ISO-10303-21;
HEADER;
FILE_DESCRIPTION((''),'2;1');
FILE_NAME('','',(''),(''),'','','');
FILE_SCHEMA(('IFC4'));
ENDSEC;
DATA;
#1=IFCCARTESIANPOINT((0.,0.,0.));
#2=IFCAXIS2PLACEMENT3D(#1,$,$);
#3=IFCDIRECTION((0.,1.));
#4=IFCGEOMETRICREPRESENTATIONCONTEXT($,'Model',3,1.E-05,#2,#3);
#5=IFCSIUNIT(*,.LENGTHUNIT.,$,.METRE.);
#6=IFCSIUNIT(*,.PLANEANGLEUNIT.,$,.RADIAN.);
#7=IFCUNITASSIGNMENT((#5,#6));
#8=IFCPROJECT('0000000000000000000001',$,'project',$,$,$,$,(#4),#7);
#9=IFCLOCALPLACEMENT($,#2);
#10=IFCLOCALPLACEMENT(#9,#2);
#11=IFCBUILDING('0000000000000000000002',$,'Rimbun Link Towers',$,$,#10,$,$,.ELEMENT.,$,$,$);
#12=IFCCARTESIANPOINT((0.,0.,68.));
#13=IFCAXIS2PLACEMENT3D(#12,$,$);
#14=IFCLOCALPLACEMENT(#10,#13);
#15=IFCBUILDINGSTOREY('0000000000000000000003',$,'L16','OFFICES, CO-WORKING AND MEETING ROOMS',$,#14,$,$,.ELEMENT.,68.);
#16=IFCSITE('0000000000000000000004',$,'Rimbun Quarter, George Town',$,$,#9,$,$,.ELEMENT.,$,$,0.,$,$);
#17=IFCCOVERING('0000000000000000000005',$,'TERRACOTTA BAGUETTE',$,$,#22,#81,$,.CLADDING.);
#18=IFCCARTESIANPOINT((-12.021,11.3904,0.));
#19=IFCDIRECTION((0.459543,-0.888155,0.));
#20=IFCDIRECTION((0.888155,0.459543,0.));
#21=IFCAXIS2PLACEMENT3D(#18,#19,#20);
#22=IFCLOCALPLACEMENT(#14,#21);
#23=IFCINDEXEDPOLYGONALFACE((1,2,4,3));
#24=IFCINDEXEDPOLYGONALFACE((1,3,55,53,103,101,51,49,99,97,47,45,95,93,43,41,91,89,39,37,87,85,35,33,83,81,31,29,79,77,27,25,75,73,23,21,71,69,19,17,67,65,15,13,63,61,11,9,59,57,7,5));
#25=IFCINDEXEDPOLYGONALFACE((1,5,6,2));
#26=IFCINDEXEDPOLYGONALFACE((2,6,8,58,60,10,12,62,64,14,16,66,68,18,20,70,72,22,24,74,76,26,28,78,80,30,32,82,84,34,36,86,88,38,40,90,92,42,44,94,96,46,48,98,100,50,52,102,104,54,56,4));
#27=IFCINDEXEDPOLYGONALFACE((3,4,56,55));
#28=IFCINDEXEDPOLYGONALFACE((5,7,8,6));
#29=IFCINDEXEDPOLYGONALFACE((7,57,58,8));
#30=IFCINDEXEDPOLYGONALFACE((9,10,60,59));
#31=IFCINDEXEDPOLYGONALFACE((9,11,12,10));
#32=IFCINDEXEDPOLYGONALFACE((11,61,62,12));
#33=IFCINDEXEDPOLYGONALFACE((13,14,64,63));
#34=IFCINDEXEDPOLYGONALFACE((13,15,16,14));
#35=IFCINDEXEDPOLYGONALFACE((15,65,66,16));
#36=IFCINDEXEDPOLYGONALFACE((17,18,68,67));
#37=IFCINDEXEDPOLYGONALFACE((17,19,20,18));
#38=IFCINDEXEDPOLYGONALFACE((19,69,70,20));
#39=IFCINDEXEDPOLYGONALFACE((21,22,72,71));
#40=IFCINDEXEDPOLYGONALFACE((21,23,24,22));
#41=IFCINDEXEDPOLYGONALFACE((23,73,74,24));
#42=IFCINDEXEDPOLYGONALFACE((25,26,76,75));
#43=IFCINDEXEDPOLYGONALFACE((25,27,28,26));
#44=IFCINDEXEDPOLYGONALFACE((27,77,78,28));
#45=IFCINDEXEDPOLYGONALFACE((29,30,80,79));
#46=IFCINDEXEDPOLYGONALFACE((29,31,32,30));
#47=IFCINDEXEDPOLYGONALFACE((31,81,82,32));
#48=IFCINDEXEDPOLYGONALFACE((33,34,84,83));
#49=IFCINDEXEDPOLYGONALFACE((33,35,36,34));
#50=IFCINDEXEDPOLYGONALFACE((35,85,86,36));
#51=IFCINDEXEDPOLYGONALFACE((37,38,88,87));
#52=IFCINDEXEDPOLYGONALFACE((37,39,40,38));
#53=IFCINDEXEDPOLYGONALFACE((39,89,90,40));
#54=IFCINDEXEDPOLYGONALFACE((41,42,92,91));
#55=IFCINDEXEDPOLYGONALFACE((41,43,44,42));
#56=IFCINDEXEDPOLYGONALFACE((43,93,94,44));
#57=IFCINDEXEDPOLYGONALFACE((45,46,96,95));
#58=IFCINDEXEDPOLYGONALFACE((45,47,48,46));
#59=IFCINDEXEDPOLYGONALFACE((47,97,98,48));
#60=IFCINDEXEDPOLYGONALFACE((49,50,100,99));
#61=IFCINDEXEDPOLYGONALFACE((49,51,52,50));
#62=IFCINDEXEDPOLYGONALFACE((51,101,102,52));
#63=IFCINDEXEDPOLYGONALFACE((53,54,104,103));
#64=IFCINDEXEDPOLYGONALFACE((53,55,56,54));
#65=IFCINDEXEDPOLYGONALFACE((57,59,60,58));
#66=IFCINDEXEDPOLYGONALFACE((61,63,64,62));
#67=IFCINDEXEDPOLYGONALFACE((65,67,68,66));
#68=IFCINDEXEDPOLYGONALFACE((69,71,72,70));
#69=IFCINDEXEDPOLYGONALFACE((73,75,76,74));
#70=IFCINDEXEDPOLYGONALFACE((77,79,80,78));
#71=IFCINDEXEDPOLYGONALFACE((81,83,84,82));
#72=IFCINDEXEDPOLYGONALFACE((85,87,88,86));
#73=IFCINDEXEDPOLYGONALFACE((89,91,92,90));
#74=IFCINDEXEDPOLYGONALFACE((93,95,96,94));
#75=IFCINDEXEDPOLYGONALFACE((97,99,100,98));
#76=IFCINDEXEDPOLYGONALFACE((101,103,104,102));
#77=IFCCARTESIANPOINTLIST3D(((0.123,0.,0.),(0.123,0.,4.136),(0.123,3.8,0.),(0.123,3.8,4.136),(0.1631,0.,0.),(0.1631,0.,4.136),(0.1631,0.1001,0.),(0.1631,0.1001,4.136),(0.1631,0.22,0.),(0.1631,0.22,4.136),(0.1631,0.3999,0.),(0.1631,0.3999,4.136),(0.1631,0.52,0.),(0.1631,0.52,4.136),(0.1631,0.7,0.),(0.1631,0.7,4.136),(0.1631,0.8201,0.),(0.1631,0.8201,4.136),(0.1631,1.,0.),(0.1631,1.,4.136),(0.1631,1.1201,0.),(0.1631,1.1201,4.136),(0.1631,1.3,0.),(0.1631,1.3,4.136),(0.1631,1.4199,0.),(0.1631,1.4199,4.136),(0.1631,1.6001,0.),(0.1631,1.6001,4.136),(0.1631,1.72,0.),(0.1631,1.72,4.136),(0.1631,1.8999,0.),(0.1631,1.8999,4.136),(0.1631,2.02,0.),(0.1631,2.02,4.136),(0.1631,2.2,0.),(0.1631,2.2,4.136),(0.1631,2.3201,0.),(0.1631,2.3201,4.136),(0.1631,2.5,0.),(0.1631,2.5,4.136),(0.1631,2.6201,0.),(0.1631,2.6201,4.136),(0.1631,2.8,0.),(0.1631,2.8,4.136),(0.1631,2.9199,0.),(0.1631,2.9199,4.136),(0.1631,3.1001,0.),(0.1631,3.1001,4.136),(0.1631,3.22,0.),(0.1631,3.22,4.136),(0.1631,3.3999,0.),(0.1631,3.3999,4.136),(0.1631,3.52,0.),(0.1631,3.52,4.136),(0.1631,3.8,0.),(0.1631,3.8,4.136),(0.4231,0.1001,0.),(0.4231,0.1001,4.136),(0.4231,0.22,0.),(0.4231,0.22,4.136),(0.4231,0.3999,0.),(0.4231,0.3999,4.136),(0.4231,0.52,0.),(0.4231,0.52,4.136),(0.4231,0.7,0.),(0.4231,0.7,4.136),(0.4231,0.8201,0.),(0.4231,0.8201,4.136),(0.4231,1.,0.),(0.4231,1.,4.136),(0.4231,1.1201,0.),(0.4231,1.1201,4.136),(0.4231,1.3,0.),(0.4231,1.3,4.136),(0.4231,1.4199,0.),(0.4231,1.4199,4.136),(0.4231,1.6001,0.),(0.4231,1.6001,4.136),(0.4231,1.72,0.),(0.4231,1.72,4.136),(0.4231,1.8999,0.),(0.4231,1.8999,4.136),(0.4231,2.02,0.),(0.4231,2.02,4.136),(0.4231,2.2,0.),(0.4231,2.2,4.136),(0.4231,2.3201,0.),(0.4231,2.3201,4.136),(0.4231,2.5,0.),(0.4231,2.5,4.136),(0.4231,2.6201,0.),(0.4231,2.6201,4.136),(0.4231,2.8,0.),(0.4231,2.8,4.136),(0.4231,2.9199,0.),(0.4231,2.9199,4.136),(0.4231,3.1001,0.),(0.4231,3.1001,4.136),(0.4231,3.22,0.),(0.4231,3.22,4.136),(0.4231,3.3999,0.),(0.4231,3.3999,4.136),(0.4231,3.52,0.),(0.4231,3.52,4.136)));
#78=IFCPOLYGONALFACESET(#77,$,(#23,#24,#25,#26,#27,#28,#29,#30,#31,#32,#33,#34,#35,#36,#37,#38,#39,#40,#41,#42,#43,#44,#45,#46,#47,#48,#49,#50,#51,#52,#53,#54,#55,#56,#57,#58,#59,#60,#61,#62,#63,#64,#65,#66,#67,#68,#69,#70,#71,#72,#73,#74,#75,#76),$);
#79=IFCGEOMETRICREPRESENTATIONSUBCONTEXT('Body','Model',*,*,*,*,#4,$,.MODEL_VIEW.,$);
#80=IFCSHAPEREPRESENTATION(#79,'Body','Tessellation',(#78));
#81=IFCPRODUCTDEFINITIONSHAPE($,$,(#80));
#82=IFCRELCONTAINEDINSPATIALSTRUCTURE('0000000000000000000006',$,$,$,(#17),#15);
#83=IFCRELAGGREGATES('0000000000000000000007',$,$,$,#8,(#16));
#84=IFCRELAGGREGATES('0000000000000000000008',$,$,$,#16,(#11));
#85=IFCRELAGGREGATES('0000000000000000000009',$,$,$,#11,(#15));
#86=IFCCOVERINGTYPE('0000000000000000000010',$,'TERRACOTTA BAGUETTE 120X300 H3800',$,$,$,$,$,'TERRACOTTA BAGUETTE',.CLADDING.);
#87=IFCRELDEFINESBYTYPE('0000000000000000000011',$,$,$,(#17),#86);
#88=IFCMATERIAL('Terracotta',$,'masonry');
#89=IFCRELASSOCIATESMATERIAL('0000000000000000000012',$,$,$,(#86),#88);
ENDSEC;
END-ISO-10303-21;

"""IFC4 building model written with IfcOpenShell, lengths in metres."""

from ifc_helpers import new_model, si_unit, direction, frame, origin, place, context, subcontext, project, spatial, polyline, outline, extrude, material, material_profile, profile_set, type_object, element, save


model = new_model("IFC4")

# Units and contexts
model_context = context("Model", 3, precision=1e-05, world=origin(), true_north=direction((0.0, 1.0)))
body_context = subcontext(model_context, "Body", "Model", "MODEL_VIEW")
ifc_project = project(units=[si_unit("LENGTHUNIT", "METRE"), si_unit("PLANEANGLEUNIT", "RADIAN")], contexts=[model_context])

# Site, building, storey
site_placement = place(None, origin())
site = spatial("IfcSite", under=ifc_project, at=site_placement, Name="Rimbun Quarter, George Town", CompositionType="ELEMENT", RefElevation=0.0)
building_placement = place(site_placement, origin())
building = spatial("IfcBuilding", under=site, at=building_placement, Name="Rimbun Link Towers", CompositionType="ELEMENT")
storey_placement = place(building_placement, frame((0.0, 0.0, 68.0)))
storey = spatial("IfcBuildingStorey", under=building, at=storey_placement, Name="L16", Description="OFFICES, CO-WORKING AND MEETING ROOMS", CompositionType="ELEMENT", Elevation=68.0)

# Covering
ifc_material_1 = material(Name="Terracotta", Category="masonry")
ifc_material_profile_1 = material_profile(ifc_material_1, outline(polyline([(0.123, 0.0), (0.1631, 0.0), (0.1631, 0.1001), (0.4231, 0.1001), (0.4231, 0.22), (0.1631, 0.22), (0.1631, 0.3999), (0.4231, 0.3999), (0.4231, 0.52), (0.1631, 0.52), (0.1631, 0.7), (0.4231, 0.7), (0.4231, 0.8201), (0.1631, 0.8201), (0.1631, 1.0), (0.4231, 1.0), (0.4231, 1.1201), (0.1631, 1.1201), (0.1631, 1.3), (0.4231, 1.3), (0.4231, 1.4199), (0.1631, 1.4199), (0.1631, 1.6001), (0.4231, 1.6001), (0.4231, 1.72), (0.1631, 1.72), (0.1631, 1.8999), (0.4231, 1.8999), (0.4231, 2.02), (0.1631, 2.02), (0.1631, 2.2), (0.4231, 2.2), (0.4231, 2.3201), (0.1631, 2.3201), (0.1631, 2.5), (0.4231, 2.5), (0.4231, 2.6201), (0.1631, 2.6201), (0.1631, 2.8), (0.4231, 2.8), (0.4231, 2.9199), (0.1631, 2.9199), (0.1631, 3.1001), (0.4231, 3.1001), (0.4231, 3.22), (0.1631, 3.22), (0.1631, 3.3999), (0.4231, 3.3999), (0.4231, 3.52), (0.1631, 3.52), (0.1631, 3.8), (0.123, 3.8), (0.123, 0.0)])), Name="BAGUETTE 120X300")
ifc_profile_set_1 = profile_set([ifc_material_profile_1], Name="Terracotta")
covering_type_1 = type_object("IfcCoveringType", Name="TERRACOTTA BAGUETTE 120X300 H3800", ElementType="TERRACOTTA BAGUETTE", PredefinedType="CLADDING", material=ifc_profile_set_1)
covering_1_placement = place(storey_placement, frame((-12.021, 11.3904, 0.0), z_axis=(0.459543, -0.888155, 0.0), x_axis=(0.888155, 0.459543, 0.0)))
element("IfcCovering", 1, at=covering_1_placement, inside=storey, type_object=covering_type_1, Name="TERRACOTTA BAGUETTE", PredefinedType="CLADDING", context=body_context, shape_type="SweptSolid", body=[
    extrude(outline(polyline([(0.123, 0.0), (0.1631, 0.0), (0.1631, 0.1001), (0.4231, 0.1001), (0.4231, 0.22), (0.1631, 0.22), (0.1631, 0.3999), (0.4231, 0.3999), (0.4231, 0.52), (0.1631, 0.52), (0.1631, 0.7), (0.4231, 0.7), (0.4231, 0.8201), (0.1631, 0.8201), (0.1631, 1.0), (0.4231, 1.0), (0.4231, 1.1201), (0.1631, 1.1201), (0.1631, 1.3), (0.4231, 1.3), (0.4231, 1.4199), (0.1631, 1.4199), (0.1631, 1.6001), (0.4231, 1.6001), (0.4231, 1.72), (0.1631, 1.72), (0.1631, 1.8999), (0.4231, 1.8999), (0.4231, 2.02), (0.1631, 2.02), (0.1631, 2.2), (0.4231, 2.2), (0.4231, 2.3201), (0.1631, 2.3201), (0.1631, 2.5), (0.4231, 2.5), (0.4231, 2.6201), (0.1631, 2.6201), (0.1631, 2.8), (0.4231, 2.8), (0.4231, 2.9199), (0.1631, 2.9199), (0.1631, 3.1001), (0.4231, 3.1001), (0.4231, 3.22), (0.1631, 3.22), (0.1631, 3.3999), (0.4231, 3.3999), (0.4231, 3.52), (0.1631, 3.52), (0.1631, 3.8), (0.123, 3.8), (0.123, 0.0)])), origin(), (0.0, 0.0, 1.0), 4.136),
])

save(model, "model.ifc")
